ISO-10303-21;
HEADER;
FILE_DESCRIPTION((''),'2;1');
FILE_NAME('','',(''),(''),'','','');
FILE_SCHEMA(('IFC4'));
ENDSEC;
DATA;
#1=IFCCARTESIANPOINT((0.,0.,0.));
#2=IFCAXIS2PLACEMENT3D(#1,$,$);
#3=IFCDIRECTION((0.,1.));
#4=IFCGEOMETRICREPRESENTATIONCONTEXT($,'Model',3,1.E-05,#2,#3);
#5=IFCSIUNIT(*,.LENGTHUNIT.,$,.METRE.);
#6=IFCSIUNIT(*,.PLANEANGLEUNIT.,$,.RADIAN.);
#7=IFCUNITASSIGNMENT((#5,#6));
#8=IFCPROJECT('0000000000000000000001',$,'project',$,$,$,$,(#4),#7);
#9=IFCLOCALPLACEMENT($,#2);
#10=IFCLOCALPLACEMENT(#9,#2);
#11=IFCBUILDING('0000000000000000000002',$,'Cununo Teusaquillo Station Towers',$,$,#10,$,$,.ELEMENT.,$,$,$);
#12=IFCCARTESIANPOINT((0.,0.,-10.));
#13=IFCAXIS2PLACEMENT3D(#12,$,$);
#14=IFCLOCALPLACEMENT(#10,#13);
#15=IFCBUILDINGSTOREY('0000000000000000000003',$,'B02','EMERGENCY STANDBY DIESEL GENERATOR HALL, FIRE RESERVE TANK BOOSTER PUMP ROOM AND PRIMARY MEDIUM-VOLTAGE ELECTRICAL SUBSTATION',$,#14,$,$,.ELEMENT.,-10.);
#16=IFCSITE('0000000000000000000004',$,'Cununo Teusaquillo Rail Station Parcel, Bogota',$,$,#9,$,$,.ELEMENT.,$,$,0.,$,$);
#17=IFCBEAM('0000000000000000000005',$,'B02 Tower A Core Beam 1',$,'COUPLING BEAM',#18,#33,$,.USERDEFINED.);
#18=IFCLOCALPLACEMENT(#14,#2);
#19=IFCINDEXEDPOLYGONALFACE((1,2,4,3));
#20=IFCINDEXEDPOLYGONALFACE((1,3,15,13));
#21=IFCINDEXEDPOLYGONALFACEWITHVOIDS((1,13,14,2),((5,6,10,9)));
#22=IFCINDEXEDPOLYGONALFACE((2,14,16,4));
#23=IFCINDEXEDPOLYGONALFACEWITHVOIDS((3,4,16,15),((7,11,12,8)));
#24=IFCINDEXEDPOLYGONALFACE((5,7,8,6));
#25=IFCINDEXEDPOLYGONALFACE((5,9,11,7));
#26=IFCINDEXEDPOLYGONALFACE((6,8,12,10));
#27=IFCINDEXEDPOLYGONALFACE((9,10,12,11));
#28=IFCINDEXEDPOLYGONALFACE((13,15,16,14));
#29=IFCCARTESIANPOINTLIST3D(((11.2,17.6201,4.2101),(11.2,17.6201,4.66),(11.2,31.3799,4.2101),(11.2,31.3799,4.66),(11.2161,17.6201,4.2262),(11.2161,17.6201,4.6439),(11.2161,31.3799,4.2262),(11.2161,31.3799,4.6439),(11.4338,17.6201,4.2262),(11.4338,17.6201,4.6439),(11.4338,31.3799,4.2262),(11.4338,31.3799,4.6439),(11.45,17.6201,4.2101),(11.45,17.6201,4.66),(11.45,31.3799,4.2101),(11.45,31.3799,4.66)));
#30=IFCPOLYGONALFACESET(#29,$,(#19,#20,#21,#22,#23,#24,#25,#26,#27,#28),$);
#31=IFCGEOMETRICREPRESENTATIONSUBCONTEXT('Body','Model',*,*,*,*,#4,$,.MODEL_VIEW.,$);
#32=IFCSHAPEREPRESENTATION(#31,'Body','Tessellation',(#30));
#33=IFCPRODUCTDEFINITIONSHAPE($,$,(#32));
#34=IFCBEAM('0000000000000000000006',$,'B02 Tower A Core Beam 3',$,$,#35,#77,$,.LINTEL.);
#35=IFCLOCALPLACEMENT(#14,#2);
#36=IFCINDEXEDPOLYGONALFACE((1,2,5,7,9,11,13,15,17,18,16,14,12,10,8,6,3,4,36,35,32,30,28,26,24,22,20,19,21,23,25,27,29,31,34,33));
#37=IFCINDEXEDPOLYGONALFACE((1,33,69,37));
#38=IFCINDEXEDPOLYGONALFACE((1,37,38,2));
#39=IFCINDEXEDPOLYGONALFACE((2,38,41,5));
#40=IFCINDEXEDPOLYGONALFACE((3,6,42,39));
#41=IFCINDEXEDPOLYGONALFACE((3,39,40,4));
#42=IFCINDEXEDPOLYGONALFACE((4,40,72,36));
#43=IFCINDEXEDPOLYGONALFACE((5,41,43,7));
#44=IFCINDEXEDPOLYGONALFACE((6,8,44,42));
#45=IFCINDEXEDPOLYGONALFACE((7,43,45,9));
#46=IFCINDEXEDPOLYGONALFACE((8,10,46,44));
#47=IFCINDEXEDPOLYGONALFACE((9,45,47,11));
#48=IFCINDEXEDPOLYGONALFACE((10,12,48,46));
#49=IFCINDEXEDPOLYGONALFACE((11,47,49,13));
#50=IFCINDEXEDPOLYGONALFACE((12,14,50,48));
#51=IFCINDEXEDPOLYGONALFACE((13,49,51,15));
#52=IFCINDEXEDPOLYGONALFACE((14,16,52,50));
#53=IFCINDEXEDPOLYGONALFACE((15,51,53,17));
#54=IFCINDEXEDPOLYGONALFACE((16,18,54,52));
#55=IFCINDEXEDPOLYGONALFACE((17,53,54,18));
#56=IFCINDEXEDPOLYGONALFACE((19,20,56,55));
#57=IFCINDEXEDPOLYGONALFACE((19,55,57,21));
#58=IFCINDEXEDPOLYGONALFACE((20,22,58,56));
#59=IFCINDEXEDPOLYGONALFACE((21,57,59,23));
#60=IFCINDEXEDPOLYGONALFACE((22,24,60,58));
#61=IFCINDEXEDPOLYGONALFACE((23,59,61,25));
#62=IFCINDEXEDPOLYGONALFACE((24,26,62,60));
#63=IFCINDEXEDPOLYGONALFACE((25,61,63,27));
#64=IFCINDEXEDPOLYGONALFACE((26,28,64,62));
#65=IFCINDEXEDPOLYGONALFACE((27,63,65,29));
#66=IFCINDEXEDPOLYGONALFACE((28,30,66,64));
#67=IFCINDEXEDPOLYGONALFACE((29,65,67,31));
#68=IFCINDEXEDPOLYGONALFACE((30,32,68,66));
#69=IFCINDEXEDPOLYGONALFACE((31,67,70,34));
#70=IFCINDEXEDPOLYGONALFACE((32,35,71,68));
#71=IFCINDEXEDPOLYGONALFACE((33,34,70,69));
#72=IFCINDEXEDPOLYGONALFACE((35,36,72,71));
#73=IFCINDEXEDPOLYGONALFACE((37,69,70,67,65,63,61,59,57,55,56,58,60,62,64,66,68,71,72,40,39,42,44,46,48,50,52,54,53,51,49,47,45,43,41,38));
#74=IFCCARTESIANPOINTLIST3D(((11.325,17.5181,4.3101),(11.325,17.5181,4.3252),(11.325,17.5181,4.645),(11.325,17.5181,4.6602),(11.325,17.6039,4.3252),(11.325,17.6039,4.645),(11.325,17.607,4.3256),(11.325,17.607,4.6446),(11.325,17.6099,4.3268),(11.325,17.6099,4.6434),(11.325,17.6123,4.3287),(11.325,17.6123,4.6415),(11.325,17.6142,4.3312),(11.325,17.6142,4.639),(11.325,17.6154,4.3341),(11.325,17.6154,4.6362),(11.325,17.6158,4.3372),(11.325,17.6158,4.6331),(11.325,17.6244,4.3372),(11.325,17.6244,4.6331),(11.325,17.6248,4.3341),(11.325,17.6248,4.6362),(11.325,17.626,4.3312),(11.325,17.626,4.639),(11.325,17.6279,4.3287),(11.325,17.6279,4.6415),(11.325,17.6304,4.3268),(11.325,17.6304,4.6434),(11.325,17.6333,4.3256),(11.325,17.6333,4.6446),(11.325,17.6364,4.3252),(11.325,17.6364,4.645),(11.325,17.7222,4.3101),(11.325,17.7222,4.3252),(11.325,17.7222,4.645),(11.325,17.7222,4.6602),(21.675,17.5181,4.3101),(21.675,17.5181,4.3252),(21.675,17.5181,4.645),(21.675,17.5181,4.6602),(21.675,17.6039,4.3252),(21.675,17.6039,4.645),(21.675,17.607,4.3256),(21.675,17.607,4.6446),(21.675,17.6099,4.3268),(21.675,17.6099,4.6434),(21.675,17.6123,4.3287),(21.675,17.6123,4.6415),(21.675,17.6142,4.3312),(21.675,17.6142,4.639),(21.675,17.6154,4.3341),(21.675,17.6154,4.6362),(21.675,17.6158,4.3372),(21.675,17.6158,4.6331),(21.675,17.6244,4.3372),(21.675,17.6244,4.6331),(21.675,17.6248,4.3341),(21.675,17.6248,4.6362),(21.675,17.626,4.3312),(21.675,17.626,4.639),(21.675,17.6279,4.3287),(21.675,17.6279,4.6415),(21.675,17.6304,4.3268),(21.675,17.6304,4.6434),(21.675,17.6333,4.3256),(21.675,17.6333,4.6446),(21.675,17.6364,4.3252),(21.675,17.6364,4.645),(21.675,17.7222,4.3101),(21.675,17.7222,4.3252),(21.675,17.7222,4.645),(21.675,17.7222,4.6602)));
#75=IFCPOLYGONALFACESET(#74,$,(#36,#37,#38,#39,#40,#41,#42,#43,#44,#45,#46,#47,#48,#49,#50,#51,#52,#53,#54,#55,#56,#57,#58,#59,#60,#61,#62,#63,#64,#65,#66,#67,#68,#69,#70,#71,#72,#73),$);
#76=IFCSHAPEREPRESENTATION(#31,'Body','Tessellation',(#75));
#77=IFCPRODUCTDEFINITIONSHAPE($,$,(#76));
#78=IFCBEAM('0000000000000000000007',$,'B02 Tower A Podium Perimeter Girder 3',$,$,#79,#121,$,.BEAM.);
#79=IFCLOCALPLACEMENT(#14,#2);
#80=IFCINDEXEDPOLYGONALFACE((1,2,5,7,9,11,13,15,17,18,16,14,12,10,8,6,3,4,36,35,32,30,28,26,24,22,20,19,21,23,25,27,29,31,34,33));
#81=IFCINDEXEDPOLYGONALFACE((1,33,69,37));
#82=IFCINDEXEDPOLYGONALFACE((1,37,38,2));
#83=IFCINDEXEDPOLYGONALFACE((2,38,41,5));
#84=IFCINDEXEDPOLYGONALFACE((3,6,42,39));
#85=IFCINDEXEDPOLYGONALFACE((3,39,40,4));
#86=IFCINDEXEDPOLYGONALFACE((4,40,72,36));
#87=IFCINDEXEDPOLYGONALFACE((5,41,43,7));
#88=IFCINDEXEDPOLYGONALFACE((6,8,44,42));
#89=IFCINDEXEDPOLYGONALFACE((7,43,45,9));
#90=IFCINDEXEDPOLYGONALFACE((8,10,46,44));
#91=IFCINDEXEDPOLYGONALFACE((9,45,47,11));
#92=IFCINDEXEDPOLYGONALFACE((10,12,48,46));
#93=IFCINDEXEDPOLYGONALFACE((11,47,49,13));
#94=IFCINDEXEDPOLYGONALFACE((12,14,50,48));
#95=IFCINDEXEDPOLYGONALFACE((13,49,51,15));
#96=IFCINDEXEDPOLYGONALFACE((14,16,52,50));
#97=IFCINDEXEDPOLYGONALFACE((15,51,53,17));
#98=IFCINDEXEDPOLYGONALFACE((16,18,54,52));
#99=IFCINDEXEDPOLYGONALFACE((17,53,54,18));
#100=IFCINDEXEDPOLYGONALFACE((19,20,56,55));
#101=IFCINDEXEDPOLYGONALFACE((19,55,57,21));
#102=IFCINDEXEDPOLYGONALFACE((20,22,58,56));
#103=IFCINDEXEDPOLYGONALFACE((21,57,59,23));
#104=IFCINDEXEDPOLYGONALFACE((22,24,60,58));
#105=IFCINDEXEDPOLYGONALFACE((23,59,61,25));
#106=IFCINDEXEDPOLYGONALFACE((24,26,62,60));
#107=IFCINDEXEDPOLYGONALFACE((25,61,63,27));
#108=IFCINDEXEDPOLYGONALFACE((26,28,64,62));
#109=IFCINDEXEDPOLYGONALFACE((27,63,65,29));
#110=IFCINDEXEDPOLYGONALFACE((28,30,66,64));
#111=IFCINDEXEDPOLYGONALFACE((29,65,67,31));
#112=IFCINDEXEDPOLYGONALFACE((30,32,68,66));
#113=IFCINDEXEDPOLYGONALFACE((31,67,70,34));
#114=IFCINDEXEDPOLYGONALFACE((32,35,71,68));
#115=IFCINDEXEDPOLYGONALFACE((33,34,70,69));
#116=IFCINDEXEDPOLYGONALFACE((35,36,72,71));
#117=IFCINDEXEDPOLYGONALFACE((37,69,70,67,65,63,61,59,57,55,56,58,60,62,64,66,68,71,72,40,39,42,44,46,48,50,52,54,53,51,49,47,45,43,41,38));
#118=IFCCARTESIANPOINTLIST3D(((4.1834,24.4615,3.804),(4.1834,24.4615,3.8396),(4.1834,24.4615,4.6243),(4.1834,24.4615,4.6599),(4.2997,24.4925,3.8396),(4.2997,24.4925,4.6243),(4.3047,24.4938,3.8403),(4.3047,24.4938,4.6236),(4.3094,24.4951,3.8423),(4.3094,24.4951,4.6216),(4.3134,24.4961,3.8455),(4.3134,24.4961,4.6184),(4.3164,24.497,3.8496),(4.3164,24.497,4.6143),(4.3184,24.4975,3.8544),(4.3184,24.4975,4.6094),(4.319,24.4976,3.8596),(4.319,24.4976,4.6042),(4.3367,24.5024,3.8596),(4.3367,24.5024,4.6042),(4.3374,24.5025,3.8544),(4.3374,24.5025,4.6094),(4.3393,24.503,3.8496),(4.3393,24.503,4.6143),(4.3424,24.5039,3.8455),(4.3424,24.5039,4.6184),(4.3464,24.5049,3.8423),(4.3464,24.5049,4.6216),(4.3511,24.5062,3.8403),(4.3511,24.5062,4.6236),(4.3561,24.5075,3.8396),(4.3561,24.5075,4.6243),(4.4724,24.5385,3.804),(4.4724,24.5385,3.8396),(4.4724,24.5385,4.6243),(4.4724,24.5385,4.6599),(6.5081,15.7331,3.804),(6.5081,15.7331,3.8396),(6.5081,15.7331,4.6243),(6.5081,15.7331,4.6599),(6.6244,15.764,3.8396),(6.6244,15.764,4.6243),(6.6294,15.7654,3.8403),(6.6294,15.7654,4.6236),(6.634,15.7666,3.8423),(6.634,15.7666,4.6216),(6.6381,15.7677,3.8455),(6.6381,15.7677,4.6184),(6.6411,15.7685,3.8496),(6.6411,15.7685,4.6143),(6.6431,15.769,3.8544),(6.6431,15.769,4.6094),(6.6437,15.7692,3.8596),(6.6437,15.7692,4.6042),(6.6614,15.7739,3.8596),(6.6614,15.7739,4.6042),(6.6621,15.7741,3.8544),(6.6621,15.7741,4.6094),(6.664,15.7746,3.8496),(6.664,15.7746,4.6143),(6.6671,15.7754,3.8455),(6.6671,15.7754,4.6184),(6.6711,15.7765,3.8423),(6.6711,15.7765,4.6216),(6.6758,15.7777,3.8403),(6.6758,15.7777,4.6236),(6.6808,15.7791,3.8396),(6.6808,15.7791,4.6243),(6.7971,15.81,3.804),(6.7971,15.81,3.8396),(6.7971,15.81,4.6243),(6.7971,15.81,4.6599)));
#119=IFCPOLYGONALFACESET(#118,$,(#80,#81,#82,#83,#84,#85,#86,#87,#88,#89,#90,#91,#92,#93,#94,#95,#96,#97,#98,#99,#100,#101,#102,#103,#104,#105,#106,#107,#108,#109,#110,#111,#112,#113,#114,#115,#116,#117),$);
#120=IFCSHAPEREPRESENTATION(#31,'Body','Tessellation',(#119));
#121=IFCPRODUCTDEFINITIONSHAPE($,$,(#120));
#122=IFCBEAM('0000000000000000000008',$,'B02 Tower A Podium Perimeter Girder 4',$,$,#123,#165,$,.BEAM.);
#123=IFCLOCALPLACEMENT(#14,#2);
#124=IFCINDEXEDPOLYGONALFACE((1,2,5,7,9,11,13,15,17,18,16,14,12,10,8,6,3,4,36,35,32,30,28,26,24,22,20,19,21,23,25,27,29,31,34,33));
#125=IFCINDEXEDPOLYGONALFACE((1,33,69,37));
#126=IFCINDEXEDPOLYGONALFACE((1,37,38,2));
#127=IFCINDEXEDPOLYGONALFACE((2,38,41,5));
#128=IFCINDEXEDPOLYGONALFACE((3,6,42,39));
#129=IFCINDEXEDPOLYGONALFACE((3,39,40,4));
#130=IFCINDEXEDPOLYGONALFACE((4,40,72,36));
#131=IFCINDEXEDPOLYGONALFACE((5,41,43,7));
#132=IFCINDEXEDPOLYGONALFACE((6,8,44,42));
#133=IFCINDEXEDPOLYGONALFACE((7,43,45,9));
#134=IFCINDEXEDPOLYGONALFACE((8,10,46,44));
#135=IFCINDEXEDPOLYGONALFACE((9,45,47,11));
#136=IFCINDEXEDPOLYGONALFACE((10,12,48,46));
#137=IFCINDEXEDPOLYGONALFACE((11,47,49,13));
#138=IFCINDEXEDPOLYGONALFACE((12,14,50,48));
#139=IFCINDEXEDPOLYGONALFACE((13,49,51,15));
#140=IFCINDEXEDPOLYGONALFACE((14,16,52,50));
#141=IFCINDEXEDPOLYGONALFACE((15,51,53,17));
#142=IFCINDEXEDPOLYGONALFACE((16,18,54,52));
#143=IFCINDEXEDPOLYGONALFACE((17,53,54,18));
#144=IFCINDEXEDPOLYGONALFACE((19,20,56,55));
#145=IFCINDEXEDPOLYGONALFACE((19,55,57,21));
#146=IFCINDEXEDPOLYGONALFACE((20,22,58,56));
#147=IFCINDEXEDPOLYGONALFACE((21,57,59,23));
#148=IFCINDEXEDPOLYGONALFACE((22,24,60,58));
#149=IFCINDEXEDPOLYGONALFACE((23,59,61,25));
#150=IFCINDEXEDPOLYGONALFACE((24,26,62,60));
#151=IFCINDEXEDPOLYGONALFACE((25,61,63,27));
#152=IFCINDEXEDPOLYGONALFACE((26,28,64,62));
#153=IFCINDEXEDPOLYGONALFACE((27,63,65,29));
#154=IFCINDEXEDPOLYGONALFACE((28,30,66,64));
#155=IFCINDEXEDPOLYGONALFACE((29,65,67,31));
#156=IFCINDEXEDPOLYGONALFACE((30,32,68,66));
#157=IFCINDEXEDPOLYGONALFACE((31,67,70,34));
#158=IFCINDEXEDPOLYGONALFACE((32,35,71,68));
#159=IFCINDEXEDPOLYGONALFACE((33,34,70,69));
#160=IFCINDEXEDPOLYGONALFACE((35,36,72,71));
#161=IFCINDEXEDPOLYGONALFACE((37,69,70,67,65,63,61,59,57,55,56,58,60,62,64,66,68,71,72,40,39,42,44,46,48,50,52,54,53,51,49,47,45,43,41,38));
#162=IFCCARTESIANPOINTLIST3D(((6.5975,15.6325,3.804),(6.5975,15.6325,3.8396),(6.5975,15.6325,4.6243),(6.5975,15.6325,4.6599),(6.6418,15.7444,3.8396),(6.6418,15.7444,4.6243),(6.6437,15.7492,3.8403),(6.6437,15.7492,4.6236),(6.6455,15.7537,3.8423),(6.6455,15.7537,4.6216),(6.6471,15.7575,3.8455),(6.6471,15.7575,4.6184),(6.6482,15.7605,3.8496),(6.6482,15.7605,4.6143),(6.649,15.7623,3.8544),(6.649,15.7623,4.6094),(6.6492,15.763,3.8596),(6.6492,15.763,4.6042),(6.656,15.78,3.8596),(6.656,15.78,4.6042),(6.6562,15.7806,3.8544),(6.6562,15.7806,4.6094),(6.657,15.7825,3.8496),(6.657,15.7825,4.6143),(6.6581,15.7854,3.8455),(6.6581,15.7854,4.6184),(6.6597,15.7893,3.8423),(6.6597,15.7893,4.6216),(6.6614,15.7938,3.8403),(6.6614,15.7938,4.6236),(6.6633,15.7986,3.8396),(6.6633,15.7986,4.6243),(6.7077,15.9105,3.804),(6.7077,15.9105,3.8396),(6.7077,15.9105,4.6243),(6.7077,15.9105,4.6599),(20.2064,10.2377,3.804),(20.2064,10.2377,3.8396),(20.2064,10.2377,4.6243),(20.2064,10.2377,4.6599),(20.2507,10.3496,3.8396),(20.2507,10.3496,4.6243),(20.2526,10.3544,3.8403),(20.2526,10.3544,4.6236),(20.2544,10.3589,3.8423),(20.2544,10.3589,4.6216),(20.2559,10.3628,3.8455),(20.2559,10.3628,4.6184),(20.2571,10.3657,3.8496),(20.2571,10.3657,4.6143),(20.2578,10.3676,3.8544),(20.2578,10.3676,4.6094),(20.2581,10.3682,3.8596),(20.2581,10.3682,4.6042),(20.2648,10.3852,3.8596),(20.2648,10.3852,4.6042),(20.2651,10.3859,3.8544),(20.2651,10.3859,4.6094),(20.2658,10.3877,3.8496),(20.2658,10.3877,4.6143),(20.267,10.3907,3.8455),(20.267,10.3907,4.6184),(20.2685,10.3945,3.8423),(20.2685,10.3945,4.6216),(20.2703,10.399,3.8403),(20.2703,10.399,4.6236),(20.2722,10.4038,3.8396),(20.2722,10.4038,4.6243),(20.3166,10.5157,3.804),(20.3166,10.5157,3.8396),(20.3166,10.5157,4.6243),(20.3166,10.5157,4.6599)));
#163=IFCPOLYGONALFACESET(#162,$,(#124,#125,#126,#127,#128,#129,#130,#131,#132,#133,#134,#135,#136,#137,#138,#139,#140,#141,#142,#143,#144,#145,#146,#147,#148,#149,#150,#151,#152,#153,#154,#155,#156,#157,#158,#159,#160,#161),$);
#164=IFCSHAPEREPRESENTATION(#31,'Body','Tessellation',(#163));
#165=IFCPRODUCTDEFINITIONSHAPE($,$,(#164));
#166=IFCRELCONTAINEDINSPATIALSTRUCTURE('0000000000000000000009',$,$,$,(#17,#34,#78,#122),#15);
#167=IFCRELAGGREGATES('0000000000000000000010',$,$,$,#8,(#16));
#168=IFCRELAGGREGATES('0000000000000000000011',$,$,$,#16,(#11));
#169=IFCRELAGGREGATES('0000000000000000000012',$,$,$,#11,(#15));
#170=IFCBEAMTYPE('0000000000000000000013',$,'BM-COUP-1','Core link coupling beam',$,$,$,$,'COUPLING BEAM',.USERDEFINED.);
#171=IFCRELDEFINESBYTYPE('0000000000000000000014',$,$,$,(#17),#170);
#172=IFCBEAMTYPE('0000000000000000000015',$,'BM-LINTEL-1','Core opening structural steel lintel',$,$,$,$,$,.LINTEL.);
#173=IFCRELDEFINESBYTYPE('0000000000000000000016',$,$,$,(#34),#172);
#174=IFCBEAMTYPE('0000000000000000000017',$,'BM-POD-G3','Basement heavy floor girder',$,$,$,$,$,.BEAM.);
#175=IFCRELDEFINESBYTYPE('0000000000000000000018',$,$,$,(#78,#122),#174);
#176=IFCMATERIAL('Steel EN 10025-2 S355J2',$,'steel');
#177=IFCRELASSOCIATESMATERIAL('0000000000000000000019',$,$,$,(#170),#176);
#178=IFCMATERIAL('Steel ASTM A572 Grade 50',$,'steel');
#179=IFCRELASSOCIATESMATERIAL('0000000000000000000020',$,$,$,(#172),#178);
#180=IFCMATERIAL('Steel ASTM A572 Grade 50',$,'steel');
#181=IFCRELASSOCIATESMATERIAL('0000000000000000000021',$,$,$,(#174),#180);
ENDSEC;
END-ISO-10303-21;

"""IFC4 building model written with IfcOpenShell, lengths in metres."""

from ifc_helpers import new_model, si_unit, direction, frame, origin, origin_2d, place, context, subcontext, project, spatial, hollow_rectangle, i_section, extrude, material, material_profile, profile_set, type_object, element, save


model = new_model("IFC4")

# Units and contexts
model_context = context("Model", 3, precision=1e-05, world=origin(), true_north=direction((0.0, 1.0)))
body_context = subcontext(model_context, "Body", "Model", "MODEL_VIEW")
ifc_project = project(units=[si_unit("LENGTHUNIT", "METRE"), si_unit("PLANEANGLEUNIT", "RADIAN")], contexts=[model_context])

# Site, building, storey
site_placement = place(None, origin())
site = spatial("IfcSite", under=ifc_project, at=site_placement, Name="Cununo Teusaquillo Rail Station Parcel, Bogota", CompositionType="ELEMENT", RefElevation=0.0)
building_placement = place(site_placement, origin())
building = spatial("IfcBuilding", under=site, at=building_placement, Name="Cununo Teusaquillo Station Towers", CompositionType="ELEMENT")
storey_placement = place(building_placement, frame((0.0, 0.0, -10.0)))
storey = spatial("IfcBuildingStorey", under=building, at=storey_placement, Name="B02", Description="EMERGENCY STANDBY DIESEL GENERATOR HALL, FIRE RESERVE TANK BOOSTER PUMP ROOM AND PRIMARY MEDIUM-VOLTAGE ELECTRICAL SUBSTATION", CompositionType="ELEMENT", Elevation=-10.0)

# Beams
ifc_material_1 = material(Name="Steel EN 10025-2 S355J2", Category="steel")
ifc_material_profile_1 = material_profile(ifc_material_1, hollow_rectangle(XDim=0.25, YDim=0.45, WallThickness=0.0161, at=origin_2d()), Name="RHS 450x250x16")
ifc_profile_set_1 = profile_set([ifc_material_profile_1], Name="Steel EN 10025-2 S355J2")
beam_type_1 = type_object("IfcBeamType", Name="BM-COUP-1", Description="Core link coupling beam", ElementType="COUPLING BEAM", PredefinedType="USERDEFINED", material=ifc_profile_set_1)
beam_1_placement = place(storey_placement, frame((11.325, 17.6201, 4.4351), z_axis=(0.0, 1.0, 0.0), x_axis=(-1.0, 0.0, 0.0)))
element("IfcBeam", 1, at=beam_1_placement, inside=storey, type_object=beam_type_1, Name="B02 Tower A Core Beam 1", ObjectType="COUPLING BEAM", PredefinedType="USERDEFINED", context=body_context, shape_type="SweptSolid", body=[
    extrude(hollow_rectangle(XDim=0.25, YDim=0.45, WallThickness=0.0161, at=origin_2d()), origin(), (0.0, 0.0, 1.0), 13.7598),
])
ifc_material_2 = material(Name="Steel ASTM A572 Grade 50", Category="steel")
ifc_material_profile_2 = material_profile(ifc_material_2, i_section(OverallWidth=0.2041, OverallDepth=0.3501, WebThickness=0.0085, FlangeThickness=0.0151, FilletRadius=0.012, at=origin_2d()), Name="W14X48")
ifc_profile_set_2 = profile_set([ifc_material_profile_2], Name="Steel ASTM A572 Grade 50")
beam_type_2 = type_object("IfcBeamType", Name="BM-LINTEL-1", Description="Core opening structural steel lintel", PredefinedType="LINTEL", material=ifc_profile_set_2)
beam_2_placement = place(storey_placement, frame((11.325, 17.6201, 4.4851), z_axis=(1.0, 0.0, 0.0), x_axis=(0.0, 1.0, 0.0)))
element("IfcBeam", 2, at=beam_2_placement, inside=storey, type_object=beam_type_2, Name="B02 Tower A Core Beam 3", PredefinedType="LINTEL", context=body_context, shape_type="SweptSolid", body=[
    extrude(i_section(OverallWidth=0.2041, OverallDepth=0.3501, WebThickness=0.0085, FlangeThickness=0.0151, FilletRadius=0.012, at=origin_2d()), origin(), (0.0, 0.0, 1.0), 10.3501),
])
ifc_material_3 = material(Name="Steel ASTM A572 Grade 50", Category="steel")
ifc_material_profile_3 = material_profile(ifc_material_3, i_section(OverallWidth=0.2991, OverallDepth=0.856, WebThickness=0.0183, FlangeThickness=0.0356, FilletRadius=0.02, at=origin_2d()), Name="W33X201")
ifc_profile_set_3 = profile_set([ifc_material_profile_3], Name="Steel ASTM A572 Grade 50")
beam_type_3 = type_object("IfcBeamType", Name="BM-POD-G3", Description="Basement heavy floor girder", PredefinedType="BEAM", material=ifc_profile_set_3)
beam_3_placement = place(storey_placement, frame((4.3279, 24.5, 4.2319), z_axis=(0.257363, -0.966315, 0.0), x_axis=(0.966315, 0.257363, 0.0)))
element("IfcBeam", 3, at=beam_3_placement, inside=storey, type_object=beam_type_3, Name="B02 Tower A Podium Perimeter Girder 3", PredefinedType="BEAM", context=body_context, shape_type="SweptSolid", body=[
    extrude(i_section(OverallWidth=0.2991, OverallDepth=0.856, WebThickness=0.0183, FlangeThickness=0.0356, FilletRadius=0.02, at=origin_2d()), origin(), (0.0, 0.0, 1.0), 9.0327),
])
beam_4_placement = place(storey_placement, frame((6.6526, 15.7715, 4.2319), z_axis=(0.929621, -0.368516, 0.0), x_axis=(0.368516, 0.929621, 0.0)))
element("IfcBeam", 4, at=beam_4_placement, inside=storey, type_object=beam_type_3, Name="B02 Tower A Podium Perimeter Girder 4", PredefinedType="BEAM", context=body_context, shape_type="SweptSolid", body=[
    extrude(i_section(OverallWidth=0.2991, OverallDepth=0.856, WebThickness=0.0183, FlangeThickness=0.0356, FilletRadius=0.02, at=origin_2d()), origin(), (0.0, 0.0, 1.0), 14.6392),
])

save(model, "model.ifc")
